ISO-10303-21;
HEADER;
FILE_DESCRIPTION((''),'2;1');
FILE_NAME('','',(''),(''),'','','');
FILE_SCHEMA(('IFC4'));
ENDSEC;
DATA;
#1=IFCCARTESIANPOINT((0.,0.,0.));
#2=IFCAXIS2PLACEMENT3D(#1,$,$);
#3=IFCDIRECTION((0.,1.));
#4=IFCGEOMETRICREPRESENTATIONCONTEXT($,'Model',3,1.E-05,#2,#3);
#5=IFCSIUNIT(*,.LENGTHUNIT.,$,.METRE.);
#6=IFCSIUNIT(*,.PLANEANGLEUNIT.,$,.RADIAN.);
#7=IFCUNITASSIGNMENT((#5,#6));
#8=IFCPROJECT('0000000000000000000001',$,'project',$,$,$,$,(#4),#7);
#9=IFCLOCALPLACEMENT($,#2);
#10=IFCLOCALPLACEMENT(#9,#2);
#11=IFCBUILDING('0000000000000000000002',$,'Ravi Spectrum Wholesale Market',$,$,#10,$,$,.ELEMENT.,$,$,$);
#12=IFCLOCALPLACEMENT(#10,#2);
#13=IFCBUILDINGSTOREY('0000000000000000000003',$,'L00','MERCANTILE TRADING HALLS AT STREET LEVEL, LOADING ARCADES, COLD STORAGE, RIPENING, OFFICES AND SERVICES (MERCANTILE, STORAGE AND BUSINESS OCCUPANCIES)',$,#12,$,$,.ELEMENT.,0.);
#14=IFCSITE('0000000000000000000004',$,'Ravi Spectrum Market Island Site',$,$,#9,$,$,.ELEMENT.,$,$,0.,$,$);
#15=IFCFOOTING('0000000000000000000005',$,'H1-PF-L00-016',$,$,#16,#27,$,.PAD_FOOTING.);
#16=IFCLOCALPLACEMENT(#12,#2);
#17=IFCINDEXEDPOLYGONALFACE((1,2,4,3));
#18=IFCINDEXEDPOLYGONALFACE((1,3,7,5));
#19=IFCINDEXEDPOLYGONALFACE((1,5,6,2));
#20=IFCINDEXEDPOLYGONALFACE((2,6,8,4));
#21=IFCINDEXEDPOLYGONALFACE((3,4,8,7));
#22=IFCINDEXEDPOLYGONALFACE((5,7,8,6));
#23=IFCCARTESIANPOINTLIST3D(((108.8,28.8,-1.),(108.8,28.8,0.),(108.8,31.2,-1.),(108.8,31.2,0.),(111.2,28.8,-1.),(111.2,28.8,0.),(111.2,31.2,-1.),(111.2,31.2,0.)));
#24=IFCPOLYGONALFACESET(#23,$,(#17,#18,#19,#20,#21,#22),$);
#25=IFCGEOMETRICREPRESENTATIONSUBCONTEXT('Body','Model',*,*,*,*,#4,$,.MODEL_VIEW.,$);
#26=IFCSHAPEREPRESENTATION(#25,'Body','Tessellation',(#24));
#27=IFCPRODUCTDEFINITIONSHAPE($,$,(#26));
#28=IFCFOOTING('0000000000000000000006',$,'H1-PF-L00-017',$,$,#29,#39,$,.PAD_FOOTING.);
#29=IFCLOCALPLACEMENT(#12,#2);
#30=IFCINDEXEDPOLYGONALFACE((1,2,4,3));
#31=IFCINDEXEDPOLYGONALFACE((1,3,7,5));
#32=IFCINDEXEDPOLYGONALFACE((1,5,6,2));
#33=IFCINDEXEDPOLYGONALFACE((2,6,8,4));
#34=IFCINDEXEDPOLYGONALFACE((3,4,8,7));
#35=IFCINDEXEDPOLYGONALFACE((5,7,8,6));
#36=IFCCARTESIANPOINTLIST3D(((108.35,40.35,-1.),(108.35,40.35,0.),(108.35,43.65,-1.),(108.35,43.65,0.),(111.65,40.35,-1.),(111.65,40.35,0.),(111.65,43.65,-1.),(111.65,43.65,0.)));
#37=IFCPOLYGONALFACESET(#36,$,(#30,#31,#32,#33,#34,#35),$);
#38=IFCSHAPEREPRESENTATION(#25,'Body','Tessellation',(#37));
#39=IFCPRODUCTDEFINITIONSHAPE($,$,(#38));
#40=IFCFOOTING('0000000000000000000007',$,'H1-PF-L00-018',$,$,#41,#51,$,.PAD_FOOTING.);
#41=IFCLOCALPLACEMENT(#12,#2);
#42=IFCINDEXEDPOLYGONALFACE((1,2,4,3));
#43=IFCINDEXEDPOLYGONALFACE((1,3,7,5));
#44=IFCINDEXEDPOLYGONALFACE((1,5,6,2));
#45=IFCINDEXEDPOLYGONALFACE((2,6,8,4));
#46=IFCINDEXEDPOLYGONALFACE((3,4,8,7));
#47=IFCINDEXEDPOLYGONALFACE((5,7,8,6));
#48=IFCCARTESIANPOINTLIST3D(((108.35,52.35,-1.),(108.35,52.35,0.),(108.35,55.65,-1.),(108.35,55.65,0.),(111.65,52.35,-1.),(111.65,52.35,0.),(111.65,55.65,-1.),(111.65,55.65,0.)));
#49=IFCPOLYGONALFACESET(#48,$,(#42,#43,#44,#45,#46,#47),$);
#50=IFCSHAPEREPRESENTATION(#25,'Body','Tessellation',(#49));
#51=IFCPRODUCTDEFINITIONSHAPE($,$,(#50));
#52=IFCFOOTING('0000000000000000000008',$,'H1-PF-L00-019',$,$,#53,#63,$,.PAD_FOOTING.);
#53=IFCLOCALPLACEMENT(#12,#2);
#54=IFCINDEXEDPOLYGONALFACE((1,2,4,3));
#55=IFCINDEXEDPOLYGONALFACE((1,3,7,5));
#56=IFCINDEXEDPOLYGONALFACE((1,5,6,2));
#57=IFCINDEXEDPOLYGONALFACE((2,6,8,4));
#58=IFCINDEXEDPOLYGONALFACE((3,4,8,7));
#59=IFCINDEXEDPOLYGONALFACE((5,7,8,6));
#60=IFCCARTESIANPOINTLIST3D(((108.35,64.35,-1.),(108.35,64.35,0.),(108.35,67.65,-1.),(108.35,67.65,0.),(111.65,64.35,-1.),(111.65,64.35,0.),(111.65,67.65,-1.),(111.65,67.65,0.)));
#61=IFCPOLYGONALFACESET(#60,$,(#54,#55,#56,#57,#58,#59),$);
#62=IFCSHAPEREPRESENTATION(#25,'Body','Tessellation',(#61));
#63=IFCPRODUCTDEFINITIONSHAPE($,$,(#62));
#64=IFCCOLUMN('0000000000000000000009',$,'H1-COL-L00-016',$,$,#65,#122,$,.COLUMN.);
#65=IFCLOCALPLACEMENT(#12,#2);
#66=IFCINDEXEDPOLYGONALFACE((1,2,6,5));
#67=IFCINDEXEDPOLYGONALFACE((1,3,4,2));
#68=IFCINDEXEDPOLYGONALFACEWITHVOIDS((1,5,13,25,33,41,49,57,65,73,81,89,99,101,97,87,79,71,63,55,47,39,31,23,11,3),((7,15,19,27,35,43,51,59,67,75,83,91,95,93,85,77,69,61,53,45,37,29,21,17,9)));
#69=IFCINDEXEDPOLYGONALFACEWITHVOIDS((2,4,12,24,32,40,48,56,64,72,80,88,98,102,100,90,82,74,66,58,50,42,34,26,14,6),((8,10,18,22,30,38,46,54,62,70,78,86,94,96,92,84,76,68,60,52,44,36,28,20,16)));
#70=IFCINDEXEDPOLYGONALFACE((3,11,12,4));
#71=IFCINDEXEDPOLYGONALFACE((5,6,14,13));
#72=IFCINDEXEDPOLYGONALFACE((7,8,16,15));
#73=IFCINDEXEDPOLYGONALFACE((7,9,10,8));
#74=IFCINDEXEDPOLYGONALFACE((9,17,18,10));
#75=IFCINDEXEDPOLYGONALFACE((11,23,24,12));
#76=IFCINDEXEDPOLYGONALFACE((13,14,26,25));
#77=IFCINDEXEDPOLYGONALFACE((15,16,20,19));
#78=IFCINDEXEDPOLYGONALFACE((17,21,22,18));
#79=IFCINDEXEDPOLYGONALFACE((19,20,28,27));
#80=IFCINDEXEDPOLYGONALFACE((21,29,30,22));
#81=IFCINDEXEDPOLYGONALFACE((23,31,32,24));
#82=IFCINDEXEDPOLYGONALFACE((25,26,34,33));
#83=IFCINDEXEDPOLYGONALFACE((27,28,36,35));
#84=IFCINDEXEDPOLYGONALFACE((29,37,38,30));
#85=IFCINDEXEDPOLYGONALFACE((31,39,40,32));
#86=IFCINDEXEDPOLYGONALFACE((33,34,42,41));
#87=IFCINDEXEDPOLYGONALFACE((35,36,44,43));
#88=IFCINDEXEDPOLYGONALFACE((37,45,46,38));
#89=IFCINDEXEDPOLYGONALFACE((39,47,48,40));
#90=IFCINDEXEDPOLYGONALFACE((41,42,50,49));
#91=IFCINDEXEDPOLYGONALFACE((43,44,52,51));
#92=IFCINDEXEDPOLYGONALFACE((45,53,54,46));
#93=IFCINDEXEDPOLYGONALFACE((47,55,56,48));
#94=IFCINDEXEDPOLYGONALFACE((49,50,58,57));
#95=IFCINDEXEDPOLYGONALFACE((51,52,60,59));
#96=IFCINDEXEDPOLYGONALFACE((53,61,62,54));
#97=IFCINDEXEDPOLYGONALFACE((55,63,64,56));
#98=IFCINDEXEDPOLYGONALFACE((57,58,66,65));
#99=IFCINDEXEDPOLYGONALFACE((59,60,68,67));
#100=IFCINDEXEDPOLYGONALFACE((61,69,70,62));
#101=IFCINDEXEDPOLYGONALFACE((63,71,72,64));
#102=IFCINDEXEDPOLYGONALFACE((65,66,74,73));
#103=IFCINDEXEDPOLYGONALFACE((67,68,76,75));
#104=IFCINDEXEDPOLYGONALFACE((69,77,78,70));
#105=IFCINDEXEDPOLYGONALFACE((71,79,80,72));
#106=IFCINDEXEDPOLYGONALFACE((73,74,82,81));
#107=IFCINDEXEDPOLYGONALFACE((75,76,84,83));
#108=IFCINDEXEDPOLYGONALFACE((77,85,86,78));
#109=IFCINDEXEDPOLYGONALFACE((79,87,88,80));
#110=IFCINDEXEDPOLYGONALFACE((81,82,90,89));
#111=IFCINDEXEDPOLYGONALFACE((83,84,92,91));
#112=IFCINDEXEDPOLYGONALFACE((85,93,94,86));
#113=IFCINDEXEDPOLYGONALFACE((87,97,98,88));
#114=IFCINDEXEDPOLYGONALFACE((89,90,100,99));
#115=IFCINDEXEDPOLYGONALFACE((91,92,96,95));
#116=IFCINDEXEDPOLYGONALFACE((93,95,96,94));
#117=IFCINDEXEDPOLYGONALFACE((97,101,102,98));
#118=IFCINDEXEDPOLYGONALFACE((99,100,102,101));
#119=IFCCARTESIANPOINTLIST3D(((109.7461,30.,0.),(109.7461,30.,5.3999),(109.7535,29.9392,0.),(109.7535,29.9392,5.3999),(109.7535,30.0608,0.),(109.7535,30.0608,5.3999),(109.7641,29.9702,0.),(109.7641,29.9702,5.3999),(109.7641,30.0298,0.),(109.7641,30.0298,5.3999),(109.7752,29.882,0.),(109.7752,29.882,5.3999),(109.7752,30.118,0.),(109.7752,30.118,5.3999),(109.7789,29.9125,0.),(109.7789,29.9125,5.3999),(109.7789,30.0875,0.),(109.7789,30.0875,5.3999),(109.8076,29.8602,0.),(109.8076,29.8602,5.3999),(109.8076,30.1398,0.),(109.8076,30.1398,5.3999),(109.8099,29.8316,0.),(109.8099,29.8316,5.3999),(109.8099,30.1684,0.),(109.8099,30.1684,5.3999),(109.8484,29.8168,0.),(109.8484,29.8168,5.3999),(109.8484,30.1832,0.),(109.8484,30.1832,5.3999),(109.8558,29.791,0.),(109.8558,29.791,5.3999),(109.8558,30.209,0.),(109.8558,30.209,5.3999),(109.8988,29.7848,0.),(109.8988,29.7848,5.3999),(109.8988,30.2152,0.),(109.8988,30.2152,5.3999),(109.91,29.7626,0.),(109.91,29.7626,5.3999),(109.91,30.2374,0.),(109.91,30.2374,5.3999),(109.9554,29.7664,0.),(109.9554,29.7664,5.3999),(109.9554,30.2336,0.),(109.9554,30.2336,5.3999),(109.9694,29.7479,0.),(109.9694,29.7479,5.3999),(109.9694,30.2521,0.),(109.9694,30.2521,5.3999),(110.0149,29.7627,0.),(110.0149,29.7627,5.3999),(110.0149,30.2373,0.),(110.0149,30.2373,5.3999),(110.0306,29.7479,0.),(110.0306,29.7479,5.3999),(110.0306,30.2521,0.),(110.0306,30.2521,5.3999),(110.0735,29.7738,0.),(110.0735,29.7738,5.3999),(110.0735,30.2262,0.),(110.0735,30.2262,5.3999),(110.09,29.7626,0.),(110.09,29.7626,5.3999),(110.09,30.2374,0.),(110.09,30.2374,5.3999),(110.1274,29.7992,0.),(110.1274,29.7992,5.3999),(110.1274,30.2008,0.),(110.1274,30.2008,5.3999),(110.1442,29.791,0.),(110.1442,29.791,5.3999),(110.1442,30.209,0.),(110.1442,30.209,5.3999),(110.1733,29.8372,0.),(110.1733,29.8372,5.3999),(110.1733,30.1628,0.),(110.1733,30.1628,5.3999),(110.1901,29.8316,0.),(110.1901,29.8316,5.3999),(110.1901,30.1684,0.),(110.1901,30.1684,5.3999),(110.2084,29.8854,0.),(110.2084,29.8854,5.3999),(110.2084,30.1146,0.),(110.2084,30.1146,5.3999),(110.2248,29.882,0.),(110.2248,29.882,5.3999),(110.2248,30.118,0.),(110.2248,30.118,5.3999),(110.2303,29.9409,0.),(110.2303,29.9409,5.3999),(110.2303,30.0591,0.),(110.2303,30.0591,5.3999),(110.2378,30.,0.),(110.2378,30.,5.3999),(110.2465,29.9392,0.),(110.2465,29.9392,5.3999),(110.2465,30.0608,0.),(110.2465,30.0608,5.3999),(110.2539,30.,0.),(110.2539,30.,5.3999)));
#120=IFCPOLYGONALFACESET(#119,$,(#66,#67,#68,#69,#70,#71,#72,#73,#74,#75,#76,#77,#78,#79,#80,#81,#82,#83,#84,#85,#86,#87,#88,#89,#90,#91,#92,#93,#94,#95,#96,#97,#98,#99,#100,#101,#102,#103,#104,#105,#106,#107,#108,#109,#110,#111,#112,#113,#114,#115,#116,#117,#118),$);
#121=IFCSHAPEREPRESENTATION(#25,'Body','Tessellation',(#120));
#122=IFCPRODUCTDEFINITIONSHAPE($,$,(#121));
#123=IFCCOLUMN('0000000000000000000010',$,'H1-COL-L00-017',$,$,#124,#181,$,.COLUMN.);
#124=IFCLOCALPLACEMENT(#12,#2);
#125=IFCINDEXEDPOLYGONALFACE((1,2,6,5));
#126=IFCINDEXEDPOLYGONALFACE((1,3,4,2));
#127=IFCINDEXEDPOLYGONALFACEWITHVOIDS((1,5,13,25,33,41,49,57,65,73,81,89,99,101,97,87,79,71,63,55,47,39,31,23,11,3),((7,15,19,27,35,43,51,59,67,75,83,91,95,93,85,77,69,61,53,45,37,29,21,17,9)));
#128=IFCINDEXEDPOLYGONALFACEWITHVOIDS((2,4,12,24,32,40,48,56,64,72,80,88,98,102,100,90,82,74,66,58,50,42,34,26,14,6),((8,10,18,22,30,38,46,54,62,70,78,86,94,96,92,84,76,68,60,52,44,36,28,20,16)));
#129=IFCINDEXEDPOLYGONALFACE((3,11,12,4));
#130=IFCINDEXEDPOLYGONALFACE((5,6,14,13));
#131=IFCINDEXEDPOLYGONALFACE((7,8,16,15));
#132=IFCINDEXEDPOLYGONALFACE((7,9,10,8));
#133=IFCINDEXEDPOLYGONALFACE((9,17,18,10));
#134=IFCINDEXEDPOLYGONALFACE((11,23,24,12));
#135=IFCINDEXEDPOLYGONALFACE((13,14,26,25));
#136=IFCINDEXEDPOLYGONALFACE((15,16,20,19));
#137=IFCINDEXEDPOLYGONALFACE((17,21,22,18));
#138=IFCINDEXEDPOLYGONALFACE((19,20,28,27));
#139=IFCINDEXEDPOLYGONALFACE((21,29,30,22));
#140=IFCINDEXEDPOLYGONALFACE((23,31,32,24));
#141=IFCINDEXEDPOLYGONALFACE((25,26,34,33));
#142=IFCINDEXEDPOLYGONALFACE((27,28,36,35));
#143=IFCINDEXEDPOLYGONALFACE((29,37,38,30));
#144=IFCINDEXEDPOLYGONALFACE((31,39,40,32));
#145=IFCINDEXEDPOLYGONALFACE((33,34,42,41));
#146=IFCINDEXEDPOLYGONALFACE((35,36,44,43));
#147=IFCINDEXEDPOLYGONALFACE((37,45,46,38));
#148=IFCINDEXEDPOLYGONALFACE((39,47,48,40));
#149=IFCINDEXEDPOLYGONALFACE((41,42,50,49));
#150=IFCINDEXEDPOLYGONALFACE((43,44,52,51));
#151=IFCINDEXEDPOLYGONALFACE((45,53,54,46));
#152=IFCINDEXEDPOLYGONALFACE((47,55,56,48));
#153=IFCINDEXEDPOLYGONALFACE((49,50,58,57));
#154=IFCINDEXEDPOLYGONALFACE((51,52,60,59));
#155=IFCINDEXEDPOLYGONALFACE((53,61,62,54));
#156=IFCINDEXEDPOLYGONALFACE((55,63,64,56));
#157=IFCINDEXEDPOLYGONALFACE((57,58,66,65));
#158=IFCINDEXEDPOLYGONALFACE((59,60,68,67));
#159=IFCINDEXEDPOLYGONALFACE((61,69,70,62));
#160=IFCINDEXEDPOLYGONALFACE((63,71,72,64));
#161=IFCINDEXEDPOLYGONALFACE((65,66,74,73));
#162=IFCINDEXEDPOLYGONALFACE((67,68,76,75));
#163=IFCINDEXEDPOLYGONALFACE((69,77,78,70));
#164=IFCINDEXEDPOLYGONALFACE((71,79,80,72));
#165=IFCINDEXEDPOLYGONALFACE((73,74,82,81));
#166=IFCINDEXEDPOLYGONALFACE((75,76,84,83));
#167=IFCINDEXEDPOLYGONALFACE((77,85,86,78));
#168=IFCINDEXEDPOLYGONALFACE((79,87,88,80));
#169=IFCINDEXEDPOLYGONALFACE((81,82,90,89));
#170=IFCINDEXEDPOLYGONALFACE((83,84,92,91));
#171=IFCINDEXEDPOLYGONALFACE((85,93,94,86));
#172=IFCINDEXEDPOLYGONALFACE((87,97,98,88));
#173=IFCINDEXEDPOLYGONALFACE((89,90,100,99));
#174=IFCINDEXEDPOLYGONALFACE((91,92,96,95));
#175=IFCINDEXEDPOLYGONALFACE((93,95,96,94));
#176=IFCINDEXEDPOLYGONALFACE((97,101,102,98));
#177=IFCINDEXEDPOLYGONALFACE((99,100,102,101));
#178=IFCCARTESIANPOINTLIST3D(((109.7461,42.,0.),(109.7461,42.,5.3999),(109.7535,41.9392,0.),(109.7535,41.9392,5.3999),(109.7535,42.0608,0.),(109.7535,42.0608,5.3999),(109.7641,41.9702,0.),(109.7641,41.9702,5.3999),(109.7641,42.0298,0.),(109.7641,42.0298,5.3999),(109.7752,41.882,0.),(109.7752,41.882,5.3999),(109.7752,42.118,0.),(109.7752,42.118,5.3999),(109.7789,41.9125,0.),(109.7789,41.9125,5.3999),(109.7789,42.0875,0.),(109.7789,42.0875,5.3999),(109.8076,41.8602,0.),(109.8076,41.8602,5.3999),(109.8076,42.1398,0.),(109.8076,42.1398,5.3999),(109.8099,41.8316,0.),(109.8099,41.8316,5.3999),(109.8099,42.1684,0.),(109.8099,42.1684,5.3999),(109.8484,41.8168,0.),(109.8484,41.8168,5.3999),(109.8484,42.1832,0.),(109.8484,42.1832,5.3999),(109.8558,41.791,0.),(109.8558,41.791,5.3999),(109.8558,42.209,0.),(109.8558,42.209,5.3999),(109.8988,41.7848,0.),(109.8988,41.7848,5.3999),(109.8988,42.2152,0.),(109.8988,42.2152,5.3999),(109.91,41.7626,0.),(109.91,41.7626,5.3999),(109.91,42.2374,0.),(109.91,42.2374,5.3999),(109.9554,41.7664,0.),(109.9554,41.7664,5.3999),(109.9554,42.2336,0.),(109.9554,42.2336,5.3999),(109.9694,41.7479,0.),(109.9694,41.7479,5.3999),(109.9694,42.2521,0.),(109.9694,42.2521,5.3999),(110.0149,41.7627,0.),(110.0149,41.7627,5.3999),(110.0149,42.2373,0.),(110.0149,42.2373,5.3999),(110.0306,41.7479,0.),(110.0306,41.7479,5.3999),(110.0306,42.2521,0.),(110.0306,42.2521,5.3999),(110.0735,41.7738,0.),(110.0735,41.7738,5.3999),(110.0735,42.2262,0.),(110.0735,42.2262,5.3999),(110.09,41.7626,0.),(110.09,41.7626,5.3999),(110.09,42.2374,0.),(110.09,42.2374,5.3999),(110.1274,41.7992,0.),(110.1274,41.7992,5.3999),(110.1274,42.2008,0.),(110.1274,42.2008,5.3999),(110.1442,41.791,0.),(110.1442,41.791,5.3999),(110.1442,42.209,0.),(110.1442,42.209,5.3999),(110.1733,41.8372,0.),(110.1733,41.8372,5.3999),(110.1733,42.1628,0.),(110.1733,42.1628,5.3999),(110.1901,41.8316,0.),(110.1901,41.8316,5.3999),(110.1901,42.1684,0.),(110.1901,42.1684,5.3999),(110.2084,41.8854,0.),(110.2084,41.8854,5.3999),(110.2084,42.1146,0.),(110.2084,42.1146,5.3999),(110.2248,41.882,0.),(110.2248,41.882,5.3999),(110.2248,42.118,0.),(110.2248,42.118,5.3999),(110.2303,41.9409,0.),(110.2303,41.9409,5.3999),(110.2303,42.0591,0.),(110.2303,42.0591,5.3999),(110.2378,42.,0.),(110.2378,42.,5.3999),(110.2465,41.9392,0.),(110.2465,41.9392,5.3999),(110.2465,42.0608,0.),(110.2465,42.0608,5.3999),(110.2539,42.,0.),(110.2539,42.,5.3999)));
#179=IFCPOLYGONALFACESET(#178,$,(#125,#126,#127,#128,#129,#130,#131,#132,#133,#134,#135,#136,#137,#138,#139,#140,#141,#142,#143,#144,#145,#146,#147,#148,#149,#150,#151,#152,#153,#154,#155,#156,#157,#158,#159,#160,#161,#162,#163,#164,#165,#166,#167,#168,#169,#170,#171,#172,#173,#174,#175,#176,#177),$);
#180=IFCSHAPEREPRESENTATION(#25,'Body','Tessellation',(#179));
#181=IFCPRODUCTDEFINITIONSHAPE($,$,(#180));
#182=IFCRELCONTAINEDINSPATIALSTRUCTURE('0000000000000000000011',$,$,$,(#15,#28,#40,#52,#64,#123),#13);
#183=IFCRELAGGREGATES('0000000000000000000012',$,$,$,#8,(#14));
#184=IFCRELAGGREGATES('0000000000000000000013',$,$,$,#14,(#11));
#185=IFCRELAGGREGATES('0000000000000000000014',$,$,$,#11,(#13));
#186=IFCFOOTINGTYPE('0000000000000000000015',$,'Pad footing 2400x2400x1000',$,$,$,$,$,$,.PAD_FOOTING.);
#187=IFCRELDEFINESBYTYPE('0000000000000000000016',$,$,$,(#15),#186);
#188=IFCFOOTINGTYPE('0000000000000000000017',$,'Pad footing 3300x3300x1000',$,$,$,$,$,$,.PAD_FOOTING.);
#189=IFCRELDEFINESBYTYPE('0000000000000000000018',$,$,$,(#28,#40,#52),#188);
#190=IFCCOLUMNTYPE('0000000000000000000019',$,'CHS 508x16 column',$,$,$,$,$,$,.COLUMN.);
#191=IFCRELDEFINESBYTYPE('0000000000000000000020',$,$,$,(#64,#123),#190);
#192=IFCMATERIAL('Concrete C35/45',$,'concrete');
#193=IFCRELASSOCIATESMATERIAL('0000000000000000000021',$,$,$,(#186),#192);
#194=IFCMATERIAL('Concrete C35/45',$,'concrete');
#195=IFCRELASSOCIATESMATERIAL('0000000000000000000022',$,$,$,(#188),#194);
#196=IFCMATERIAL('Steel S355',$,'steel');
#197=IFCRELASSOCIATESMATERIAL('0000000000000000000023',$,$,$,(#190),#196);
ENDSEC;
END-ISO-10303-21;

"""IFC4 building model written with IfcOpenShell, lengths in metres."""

from ifc_helpers import new_model, si_unit, direction, frame, origin, origin_2d, place, context, subcontext, project, spatial, rectangle, hollow_circle, extrude, material, material_profile, profile_set, type_object, element, save


model = new_model("IFC4")

# Units and contexts
model_context = context("Model", 3, precision=1e-05, world=origin(), true_north=direction((0.0, 1.0)))
body_context = subcontext(model_context, "Body", "Model", "MODEL_VIEW")
ifc_project = project(units=[si_unit("LENGTHUNIT", "METRE"), si_unit("PLANEANGLEUNIT", "RADIAN")], contexts=[model_context])

# Site, building, storey
site_placement = place(None, origin())
site = spatial("IfcSite", under=ifc_project, at=site_placement, Name="Ravi Spectrum Market Island Site", CompositionType="ELEMENT", RefElevation=0.0)
building_placement = place(site_placement, origin())
building = spatial("IfcBuilding", under=site, at=building_placement, Name="Ravi Spectrum Wholesale Market", CompositionType="ELEMENT")
storey_placement = place(building_placement, origin())
storey = spatial("IfcBuildingStorey", under=building, at=storey_placement, Name="L00", Description="MERCANTILE TRADING HALLS AT STREET LEVEL, LOADING ARCADES, COLD STORAGE, RIPENING, OFFICES AND SERVICES (MERCANTILE, STORAGE AND BUSINESS OCCUPANCIES)", CompositionType="ELEMENT", Elevation=0.0)

# Footings
ifc_material_1 = material(Name="Concrete C35/45", Category="concrete")
footing_type_1 = type_object("IfcFootingType", Name="Pad footing 2400x2400x1000", PredefinedType="PAD_FOOTING", material=ifc_material_1)
footing_placement = place(storey_placement, frame((110.0, 30.0, -1.0), z_axis=(0.0, 0.0, 1.0), x_axis=(1.0, 0.0, 0.0)))
element("IfcFooting", 1, at=footing_placement, inside=storey, type_object=footing_type_1, Name="H1-PF-L00-016", PredefinedType="PAD_FOOTING", context=body_context, shape_type="SweptSolid", body=[
    extrude(rectangle(XDim=2.3999, YDim=2.3999, at=origin_2d()), origin(), (0.0, 0.0, 1.0), 1.0),
])
ifc_material_2 = material(Name="Concrete C35/45", Category="concrete")
footing_type_2 = type_object("IfcFootingType", Name="Pad footing 3300x3300x1000", PredefinedType="PAD_FOOTING", material=ifc_material_2)
for number, where, z_axis, x_axis, name in (
    (2, (110.0, 42.0, -1.0), (0.0, 0.0, 1.0), (1.0, 0.0, 0.0), "H1-PF-L00-017"),
    (3, (110.0, 54.0, -1.0), (0.0, 0.0, 1.0), (1.0, 0.0, 0.0), "H1-PF-L00-018"),
    (4, (110.0, 66.0, -1.0), (0.0, 0.0, 1.0), (1.0, 0.0, 0.0), "H1-PF-L00-019"),
):
    element("IfcFooting", number, at=place(storey_placement, frame(where, z_axis=z_axis, x_axis=x_axis)), inside=storey, type_object=footing_type_2, Name=name, PredefinedType="PAD_FOOTING", context=body_context, shape_type="SweptSolid", body=[
        extrude(rectangle(XDim=3.3, YDim=3.3, at=origin_2d()), origin(), (0.0, 0.0, 1.0), 1.0),
    ])

# Columns
ifc_material_3 = material(Name="Steel S355", Category="steel")
ifc_material_profile = material_profile(ifc_material_3, hollow_circle(Radius=0.2539, WallThickness=0.0161, at=origin_2d()))
ifc_profile_set = profile_set([ifc_material_profile], Name="Steel S355")
column_type = type_object("IfcColumnType", Name="CHS 508x16 column", PredefinedType="COLUMN", material=ifc_profile_set)
for number, where, z_axis, x_axis, name in (
    (5, (110.0, 30.0, 0.0), (0.0, 0.0, 1.0), (1.0, 0.0, 0.0), "H1-COL-L00-016"),
    (6, (110.0, 42.0, 0.0), (0.0, 0.0, 1.0), (1.0, 0.0, 0.0), "H1-COL-L00-017"),
):
    element("IfcColumn", number, at=place(storey_placement, frame(where, z_axis=z_axis, x_axis=x_axis)), inside=storey, type_object=column_type, Name=name, PredefinedType="COLUMN", context=body_context, shape_type="SweptSolid", body=[
        extrude(hollow_circle(Radius=0.2539, WallThickness=0.0161, at=origin_2d()), origin(), (0.0, 0.0, 1.0), 5.3999),
    ])

save(model, "model.ifc")
